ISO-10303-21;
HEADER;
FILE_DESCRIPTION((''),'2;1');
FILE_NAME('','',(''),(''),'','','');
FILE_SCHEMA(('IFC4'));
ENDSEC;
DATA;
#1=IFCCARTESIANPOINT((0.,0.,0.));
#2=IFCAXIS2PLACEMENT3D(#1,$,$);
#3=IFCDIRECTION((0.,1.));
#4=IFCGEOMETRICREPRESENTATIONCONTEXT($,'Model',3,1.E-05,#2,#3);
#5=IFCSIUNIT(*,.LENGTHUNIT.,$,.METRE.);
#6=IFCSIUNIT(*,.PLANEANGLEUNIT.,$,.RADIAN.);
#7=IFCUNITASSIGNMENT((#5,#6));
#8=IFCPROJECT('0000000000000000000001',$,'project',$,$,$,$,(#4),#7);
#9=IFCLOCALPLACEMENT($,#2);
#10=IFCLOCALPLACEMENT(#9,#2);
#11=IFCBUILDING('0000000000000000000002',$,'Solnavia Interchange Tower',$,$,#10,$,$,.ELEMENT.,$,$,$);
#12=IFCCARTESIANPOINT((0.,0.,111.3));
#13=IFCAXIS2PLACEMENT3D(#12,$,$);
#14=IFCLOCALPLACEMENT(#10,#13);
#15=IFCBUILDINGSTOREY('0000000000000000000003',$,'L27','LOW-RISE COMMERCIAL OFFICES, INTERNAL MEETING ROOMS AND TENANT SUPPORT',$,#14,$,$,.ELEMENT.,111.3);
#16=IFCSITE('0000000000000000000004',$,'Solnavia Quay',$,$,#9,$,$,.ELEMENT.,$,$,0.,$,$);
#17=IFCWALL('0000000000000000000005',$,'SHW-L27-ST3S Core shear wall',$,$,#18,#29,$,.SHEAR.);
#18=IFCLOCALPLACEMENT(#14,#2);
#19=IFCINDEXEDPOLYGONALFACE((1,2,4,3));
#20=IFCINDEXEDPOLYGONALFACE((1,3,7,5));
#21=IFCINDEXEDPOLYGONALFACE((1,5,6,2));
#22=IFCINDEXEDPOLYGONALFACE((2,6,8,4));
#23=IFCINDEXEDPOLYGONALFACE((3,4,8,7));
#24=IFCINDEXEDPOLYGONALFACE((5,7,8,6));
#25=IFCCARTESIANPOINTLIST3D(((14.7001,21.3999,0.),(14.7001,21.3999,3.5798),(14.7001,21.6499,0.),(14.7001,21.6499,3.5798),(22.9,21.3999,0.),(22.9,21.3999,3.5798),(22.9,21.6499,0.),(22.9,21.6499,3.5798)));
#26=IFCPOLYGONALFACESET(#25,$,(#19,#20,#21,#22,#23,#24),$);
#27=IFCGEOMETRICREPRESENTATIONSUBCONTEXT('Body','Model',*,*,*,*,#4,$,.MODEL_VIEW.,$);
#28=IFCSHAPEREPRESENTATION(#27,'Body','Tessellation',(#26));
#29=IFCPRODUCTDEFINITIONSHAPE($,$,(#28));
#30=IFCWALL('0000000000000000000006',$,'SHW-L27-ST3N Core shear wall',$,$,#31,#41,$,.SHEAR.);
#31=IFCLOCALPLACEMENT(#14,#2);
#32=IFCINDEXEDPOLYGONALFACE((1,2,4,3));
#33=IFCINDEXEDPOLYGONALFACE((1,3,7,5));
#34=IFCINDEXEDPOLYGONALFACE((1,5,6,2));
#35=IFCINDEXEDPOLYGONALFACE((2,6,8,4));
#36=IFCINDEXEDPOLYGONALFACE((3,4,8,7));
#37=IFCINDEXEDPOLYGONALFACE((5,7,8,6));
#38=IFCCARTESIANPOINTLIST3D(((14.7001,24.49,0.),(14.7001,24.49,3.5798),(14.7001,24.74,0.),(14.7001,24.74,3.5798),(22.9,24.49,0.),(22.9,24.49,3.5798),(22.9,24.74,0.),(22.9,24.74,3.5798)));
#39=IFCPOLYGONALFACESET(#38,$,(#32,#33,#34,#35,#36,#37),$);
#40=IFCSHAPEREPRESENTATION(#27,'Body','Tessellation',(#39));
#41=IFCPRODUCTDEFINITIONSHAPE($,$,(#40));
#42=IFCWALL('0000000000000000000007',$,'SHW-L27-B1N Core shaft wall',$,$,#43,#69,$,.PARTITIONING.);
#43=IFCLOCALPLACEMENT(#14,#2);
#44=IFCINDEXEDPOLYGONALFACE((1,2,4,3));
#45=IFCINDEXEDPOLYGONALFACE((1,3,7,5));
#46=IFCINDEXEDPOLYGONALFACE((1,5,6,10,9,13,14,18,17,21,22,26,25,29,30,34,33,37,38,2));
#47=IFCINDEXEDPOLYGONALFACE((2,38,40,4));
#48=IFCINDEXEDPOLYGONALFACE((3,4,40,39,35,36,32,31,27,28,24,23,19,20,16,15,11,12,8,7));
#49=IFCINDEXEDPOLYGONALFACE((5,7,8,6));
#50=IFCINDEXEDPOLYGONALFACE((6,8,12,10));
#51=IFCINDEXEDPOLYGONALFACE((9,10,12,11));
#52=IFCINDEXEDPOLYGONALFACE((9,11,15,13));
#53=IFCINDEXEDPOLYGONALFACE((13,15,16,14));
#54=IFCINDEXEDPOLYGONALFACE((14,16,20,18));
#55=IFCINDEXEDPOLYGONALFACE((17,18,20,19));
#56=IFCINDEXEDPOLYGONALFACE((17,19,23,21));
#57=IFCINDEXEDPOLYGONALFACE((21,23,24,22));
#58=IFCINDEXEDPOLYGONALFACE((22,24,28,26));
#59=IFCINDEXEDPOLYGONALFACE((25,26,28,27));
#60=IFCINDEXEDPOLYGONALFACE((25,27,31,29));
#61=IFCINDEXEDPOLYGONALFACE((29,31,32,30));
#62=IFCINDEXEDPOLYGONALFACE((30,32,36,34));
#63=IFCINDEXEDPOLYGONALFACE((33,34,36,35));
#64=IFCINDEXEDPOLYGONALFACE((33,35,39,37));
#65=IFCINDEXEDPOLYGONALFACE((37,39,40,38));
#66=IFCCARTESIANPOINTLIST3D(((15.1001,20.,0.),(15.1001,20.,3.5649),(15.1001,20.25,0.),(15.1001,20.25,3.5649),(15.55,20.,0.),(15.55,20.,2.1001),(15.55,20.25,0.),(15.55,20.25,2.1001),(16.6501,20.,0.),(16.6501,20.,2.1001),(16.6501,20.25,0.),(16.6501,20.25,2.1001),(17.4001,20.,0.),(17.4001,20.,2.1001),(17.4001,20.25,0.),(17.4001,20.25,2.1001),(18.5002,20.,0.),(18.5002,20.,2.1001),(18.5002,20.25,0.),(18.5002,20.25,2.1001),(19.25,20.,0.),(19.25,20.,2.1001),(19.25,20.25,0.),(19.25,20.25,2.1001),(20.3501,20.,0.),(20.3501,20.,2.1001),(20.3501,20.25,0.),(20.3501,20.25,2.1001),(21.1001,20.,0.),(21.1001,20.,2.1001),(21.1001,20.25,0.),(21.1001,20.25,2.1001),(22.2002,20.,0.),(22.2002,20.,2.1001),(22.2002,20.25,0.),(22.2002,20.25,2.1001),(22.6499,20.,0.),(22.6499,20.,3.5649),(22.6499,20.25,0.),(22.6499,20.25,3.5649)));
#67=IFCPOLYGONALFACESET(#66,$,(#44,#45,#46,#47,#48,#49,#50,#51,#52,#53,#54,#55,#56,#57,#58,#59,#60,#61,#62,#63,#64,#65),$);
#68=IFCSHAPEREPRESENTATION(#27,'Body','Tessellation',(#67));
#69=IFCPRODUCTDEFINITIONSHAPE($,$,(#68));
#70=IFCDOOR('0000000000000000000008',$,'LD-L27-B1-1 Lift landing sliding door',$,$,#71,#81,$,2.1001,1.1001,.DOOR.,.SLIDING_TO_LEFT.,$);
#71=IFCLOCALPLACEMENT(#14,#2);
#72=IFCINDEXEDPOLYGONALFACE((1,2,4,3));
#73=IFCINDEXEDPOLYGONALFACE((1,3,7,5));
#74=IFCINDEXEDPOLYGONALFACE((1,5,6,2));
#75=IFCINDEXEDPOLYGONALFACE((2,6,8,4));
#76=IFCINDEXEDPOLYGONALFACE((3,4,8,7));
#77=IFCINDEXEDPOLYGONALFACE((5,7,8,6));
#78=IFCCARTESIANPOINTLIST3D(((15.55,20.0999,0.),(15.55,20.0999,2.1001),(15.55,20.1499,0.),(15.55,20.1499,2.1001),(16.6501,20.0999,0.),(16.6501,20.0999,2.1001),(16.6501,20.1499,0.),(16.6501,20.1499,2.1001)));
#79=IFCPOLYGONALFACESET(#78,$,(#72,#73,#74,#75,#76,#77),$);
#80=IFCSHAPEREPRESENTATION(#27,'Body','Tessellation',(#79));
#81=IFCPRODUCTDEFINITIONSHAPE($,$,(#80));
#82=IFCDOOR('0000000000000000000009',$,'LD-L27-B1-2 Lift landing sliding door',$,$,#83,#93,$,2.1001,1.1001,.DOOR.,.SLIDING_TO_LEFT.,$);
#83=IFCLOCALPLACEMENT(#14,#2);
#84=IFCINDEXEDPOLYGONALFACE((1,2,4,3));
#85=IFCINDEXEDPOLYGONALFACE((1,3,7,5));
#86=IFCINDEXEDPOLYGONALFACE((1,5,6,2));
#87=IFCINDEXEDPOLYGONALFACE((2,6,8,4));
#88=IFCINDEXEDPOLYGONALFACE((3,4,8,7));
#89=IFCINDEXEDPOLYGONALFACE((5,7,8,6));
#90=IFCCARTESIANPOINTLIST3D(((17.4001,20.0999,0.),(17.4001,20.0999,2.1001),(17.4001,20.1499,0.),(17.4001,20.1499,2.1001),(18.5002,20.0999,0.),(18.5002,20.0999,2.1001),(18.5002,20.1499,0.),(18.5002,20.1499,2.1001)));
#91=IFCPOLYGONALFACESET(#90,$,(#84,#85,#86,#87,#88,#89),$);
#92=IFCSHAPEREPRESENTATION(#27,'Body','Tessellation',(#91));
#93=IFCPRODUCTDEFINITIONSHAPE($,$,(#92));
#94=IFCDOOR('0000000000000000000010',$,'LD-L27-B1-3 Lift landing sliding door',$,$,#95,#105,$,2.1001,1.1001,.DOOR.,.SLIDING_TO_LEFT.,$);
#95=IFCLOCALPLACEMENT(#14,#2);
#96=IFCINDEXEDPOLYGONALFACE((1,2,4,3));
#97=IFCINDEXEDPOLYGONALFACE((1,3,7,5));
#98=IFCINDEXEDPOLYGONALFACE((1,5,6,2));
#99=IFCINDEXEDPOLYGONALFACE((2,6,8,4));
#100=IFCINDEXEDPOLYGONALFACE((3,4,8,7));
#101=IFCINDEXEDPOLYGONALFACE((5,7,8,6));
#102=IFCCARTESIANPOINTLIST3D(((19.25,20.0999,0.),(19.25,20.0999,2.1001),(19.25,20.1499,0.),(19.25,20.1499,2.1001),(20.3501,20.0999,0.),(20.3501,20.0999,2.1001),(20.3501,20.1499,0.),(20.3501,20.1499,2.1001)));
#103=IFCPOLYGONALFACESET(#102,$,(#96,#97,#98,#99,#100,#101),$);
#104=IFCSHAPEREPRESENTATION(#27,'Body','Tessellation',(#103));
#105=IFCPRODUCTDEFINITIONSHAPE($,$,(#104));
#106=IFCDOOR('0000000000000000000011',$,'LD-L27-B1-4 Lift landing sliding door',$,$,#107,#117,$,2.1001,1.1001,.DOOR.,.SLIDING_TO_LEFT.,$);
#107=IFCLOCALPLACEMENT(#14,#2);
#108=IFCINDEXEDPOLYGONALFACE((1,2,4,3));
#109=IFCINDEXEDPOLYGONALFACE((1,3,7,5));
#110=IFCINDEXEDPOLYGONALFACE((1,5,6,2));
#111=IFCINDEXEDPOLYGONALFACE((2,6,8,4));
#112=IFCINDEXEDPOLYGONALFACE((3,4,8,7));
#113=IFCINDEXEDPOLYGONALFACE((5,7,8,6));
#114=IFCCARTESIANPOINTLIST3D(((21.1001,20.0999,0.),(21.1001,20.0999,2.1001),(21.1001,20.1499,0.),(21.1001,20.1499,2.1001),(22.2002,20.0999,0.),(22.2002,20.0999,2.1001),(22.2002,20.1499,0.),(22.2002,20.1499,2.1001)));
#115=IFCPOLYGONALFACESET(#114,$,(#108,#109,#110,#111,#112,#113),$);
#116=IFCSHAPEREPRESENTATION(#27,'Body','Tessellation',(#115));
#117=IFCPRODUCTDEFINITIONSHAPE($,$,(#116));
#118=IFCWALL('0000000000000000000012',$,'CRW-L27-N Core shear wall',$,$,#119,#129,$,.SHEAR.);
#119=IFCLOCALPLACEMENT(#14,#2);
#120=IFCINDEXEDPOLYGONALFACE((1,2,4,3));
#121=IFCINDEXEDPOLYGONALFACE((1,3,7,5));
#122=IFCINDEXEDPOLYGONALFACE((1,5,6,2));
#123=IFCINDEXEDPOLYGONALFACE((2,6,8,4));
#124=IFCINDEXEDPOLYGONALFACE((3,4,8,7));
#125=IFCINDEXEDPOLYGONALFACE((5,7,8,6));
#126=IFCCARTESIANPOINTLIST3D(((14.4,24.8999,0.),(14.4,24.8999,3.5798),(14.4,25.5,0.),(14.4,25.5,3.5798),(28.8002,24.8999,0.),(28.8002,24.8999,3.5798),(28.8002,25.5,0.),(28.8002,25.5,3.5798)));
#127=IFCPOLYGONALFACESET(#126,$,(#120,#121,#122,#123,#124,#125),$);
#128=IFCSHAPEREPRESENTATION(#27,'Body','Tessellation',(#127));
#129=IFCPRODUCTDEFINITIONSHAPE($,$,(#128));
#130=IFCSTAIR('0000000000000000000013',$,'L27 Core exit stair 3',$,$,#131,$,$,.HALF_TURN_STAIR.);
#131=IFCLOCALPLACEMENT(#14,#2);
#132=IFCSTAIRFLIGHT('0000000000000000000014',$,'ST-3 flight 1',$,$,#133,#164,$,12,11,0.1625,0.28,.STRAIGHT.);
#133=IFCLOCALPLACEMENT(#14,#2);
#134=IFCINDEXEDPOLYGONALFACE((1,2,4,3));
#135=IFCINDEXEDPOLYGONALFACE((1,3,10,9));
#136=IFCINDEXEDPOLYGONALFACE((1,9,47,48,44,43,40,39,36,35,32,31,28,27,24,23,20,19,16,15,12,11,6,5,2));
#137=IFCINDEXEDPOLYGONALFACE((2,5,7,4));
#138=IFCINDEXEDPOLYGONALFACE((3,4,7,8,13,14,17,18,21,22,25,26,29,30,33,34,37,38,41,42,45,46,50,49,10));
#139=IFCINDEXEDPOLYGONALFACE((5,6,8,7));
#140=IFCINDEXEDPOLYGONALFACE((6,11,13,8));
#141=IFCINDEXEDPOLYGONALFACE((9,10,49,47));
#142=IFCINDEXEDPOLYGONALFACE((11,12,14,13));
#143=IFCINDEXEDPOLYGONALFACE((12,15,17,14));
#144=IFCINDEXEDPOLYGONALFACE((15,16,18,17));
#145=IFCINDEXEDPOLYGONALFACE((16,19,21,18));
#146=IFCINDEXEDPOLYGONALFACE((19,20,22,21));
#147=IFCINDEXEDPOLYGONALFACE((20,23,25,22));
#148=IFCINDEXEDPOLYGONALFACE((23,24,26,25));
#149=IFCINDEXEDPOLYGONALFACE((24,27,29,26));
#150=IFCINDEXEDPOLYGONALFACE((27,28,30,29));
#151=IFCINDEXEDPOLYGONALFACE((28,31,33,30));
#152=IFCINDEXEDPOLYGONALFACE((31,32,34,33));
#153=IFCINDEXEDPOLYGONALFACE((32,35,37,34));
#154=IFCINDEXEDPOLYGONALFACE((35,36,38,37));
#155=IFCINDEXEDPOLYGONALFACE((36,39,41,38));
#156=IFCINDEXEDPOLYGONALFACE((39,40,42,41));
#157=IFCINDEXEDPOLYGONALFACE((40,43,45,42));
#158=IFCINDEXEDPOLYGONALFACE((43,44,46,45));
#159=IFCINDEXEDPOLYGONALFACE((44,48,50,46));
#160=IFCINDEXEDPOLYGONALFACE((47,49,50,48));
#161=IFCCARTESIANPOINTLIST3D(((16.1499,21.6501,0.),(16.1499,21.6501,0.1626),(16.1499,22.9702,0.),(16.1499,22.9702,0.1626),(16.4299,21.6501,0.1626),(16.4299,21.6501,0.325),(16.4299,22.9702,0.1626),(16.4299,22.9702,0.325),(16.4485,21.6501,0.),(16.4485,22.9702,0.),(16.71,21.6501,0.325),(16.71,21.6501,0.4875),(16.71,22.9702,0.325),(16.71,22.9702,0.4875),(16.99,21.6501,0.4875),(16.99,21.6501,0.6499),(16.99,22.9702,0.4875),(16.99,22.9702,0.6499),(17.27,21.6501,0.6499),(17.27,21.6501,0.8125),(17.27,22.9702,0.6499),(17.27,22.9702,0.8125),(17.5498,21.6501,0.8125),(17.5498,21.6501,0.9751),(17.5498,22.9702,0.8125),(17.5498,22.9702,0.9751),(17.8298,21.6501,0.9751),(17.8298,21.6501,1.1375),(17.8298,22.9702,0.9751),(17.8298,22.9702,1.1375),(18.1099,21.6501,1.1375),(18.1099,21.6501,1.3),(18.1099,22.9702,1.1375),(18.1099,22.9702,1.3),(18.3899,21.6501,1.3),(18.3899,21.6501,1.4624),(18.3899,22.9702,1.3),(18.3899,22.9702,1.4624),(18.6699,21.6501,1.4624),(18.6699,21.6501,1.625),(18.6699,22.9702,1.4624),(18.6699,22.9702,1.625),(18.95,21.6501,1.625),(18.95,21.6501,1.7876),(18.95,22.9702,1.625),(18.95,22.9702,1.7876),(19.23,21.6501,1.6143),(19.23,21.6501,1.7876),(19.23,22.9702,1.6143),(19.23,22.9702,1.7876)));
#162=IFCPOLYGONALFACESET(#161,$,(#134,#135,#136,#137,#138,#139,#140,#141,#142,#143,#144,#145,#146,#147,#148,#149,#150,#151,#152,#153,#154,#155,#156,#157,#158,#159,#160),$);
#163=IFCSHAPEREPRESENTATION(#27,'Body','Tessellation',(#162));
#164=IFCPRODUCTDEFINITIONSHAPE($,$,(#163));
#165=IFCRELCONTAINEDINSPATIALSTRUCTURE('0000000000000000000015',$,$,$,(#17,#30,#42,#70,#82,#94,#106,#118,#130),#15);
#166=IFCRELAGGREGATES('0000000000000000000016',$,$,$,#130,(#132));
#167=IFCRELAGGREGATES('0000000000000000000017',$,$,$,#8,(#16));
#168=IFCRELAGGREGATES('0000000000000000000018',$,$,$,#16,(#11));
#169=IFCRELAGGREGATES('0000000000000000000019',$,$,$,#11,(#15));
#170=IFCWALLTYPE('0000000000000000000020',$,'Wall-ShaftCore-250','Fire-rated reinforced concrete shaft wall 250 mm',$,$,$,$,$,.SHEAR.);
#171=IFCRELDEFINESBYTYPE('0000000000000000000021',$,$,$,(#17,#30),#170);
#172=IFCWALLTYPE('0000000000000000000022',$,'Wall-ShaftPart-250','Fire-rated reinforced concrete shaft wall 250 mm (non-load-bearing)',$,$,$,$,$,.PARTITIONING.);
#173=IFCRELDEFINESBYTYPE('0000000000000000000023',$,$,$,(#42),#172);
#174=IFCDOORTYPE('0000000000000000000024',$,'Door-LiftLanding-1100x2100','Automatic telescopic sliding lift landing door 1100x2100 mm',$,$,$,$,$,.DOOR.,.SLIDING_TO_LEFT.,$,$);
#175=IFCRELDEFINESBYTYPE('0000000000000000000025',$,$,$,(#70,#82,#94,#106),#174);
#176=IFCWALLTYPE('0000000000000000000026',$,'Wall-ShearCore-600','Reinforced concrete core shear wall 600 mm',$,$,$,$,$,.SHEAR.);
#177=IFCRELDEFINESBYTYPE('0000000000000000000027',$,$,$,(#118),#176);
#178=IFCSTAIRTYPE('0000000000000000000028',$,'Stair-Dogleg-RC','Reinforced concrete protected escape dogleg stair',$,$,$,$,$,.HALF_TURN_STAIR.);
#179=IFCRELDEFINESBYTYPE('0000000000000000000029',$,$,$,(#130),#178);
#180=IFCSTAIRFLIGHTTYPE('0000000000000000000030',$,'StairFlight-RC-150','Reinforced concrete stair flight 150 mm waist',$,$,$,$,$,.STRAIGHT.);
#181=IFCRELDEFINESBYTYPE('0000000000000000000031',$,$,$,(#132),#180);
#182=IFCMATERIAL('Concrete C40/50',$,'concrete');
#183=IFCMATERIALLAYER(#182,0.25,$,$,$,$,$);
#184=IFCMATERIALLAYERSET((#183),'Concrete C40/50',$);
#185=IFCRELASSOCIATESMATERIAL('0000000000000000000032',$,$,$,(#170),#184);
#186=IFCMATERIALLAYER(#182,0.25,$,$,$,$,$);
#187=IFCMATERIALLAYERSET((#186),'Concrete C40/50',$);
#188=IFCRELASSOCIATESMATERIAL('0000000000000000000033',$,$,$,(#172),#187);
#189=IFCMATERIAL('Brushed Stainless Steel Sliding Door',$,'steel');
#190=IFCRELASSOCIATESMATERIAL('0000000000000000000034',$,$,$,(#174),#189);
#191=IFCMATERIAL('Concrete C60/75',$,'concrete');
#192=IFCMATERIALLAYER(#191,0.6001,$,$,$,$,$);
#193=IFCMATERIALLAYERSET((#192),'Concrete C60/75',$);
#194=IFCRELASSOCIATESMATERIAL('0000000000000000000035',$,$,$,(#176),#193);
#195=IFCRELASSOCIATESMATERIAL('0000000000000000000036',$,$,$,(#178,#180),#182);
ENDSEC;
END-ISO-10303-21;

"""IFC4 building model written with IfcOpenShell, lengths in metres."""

from ifc_helpers import new_model, si_unit, direction, frame, frame_2d, origin, place, context, subcontext, project, spatial, polyline, rectangle, outline, extrude, material, layer, layer_set, type_object, element, fill, aggregate, save


model = new_model("IFC4")

# Units and contexts
model_context = context("Model", 3, precision=1e-05, world=origin(), true_north=direction((0.0, 1.0)))
body_context = subcontext(model_context, "Body", "Model", "MODEL_VIEW")
ifc_project = project(units=[si_unit("LENGTHUNIT", "METRE"), si_unit("PLANEANGLEUNIT", "RADIAN")], contexts=[model_context])

# Site, building, storey
site_placement = place(None, origin())
site = spatial("IfcSite", under=ifc_project, at=site_placement, Name="Solnavia Quay", CompositionType="ELEMENT", RefElevation=0.0)
building_placement = place(site_placement, origin())
building = spatial("IfcBuilding", under=site, at=building_placement, Name="Solnavia Interchange Tower", CompositionType="ELEMENT")
storey_placement = place(building_placement, frame((0.0, 0.0, 111.3)))
storey = spatial("IfcBuildingStorey", under=building, at=storey_placement, Name="L27", Description="LOW-RISE COMMERCIAL OFFICES, INTERNAL MEETING ROOMS AND TENANT SUPPORT", CompositionType="ELEMENT", Elevation=111.3)

# Walls
ifc_material_1 = material(Name="Concrete C40/50", Category="concrete")
ifc_layer_1 = layer(ifc_material_1, 0.25)
ifc_layer_set_1 = layer_set([ifc_layer_1], Name="Concrete C40/50")
wall_type_1 = type_object("IfcWallType", Name="Wall-ShaftCore-250", Description="Fire-rated reinforced concrete shaft wall 250 mm", PredefinedType="SHEAR", material=ifc_layer_set_1)
for number, where, z_axis, x_axis, name in (
    (1, (14.7, 21.5249, 0.0), (0.0, 0.0, 1.0), (1.0, 0.0, 0.0), "SHW-L27-ST3S Core shear wall"),
    (2, (14.7, 24.615, 0.0), (0.0, 0.0, 1.0), (1.0, 0.0, 0.0), "SHW-L27-ST3N Core shear wall"),
):
    element("IfcWall", number, at=place(storey_placement, frame(where, z_axis=z_axis, x_axis=x_axis)), inside=storey, type_object=wall_type_1, Name=name, PredefinedType="SHEAR", context=body_context, shape_type="SweptSolid", body=[
        extrude(rectangle(XDim=8.2, YDim=0.25, at=frame_2d((4.1001, 0.0))), origin(), (0.0, 0.0, 1.0), 3.5798),
    ])

# Wall, openings, doors
ifc_layer_2 = layer(ifc_material_1, 0.25)
ifc_layer_set_2 = layer_set([ifc_layer_2], Name="Concrete C40/50")
wall_type_2 = type_object("IfcWallType", Name="Wall-ShaftPart-250", Description="Fire-rated reinforced concrete shaft wall 250 mm (non-load-bearing)", PredefinedType="PARTITIONING", material=ifc_layer_set_2)
wall_1_placement = place(storey_placement, frame((15.1001, 20.125, 0.0), z_axis=(0.0, 0.0, 1.0), x_axis=(1.0, 0.0, 0.0)))
wall_1 = element("IfcWall", 3, at=wall_1_placement, inside=storey, type_object=wall_type_2, Name="SHW-L27-B1N Core shaft wall", PredefinedType="PARTITIONING", context=body_context, shape_type="SweptSolid", body=[
    extrude(rectangle(XDim=7.5498, YDim=0.25, at=frame_2d((3.7749, 0.0))), origin(), (0.0, 0.0, 1.0), 3.5649),
])
opening_1_placement = place(wall_1_placement, frame((0.45, 0.0, 0.0)))
opening_1 = element("IfcOpeningElement", 4, at=opening_1_placement, cuts=wall_1, PredefinedType="OPENING", context=body_context, shape_type="SweptSolid", body=[
    extrude(rectangle(XDim=1.1001, YDim=2.1001, at=frame_2d((0.55, 1.05))), frame((0.0, 0.135, 0.0), z_axis=(0.0, -1.0, 0.0), x_axis=(1.0, 0.0, 0.0)), (0.0, 0.0, 1.0), 0.27),
])
opening_2_placement = place(wall_1_placement, frame((2.3, 0.0, 0.0)))
opening_2 = element("IfcOpeningElement", 5, at=opening_2_placement, cuts=wall_1, PredefinedType="OPENING", context=body_context, shape_type="SweptSolid", body=[
    extrude(rectangle(XDim=1.1001, YDim=2.1001, at=frame_2d((0.55, 1.05))), frame((0.0, 0.135, 0.0), z_axis=(0.0, -1.0, 0.0), x_axis=(1.0, 0.0, 0.0)), (0.0, 0.0, 1.0), 0.27),
])
opening_3_placement = place(wall_1_placement, frame((4.1499, 0.0, 0.0)))
opening_3 = element("IfcOpeningElement", 6, at=opening_3_placement, cuts=wall_1, PredefinedType="OPENING", context=body_context, shape_type="SweptSolid", body=[
    extrude(rectangle(XDim=1.1001, YDim=2.1001, at=frame_2d((0.55, 1.05))), frame((0.0, 0.135, 0.0), z_axis=(0.0, -1.0, 0.0), x_axis=(1.0, 0.0, 0.0)), (0.0, 0.0, 1.0), 0.27),
])
opening_4_placement = place(wall_1_placement, frame((6.0, 0.0, 0.0)))
opening_4 = element("IfcOpeningElement", 7, at=opening_4_placement, cuts=wall_1, PredefinedType="OPENING", context=body_context, shape_type="SweptSolid", body=[
    extrude(rectangle(XDim=1.1001, YDim=2.1001, at=frame_2d((0.55, 1.05))), frame((0.0, 0.135, 0.0), z_axis=(0.0, -1.0, 0.0), x_axis=(1.0, 0.0, 0.0)), (0.0, 0.0, 1.0), 0.27),
])
ifc_material_2 = material(Name="Brushed Stainless Steel Sliding Door", Category="steel")
door_type_1 = type_object("IfcDoorType", Name="Door-LiftLanding-1100x2100", Description="Automatic telescopic sliding lift landing door 1100x2100 mm", OperationType="SLIDING_TO_LEFT", PredefinedType="DOOR", material=ifc_material_2)
door_1_placement = place(opening_1_placement, origin())
door_1 = element("IfcDoor", 8, at=door_1_placement, inside=storey, type_object=door_type_1, Name="LD-L27-B1-1 Lift landing sliding door", OperationType="SLIDING_TO_LEFT", OverallHeight=2.1001, OverallWidth=1.1001, PredefinedType="DOOR", context=body_context, shape_type="SweptSolid", body=[
    extrude(rectangle(XDim=1.1001, YDim=2.1001, at=frame_2d((0.55, 1.05))), frame((0.0, 0.0249, 0.0), z_axis=(0.0, -1.0, 0.0), x_axis=(1.0, 0.0, 0.0)), (0.0, 0.0, 1.0), 0.05),
])
fill(opening_1, door_1)
door_2_placement = place(opening_2_placement, origin())
door_2 = element("IfcDoor", 9, at=door_2_placement, inside=storey, type_object=door_type_1, Name="LD-L27-B1-2 Lift landing sliding door", OperationType="SLIDING_TO_LEFT", OverallHeight=2.1001, OverallWidth=1.1001, PredefinedType="DOOR", context=body_context, shape_type="SweptSolid", body=[
    extrude(rectangle(XDim=1.1001, YDim=2.1001, at=frame_2d((0.55, 1.05))), frame((0.0, 0.0249, 0.0), z_axis=(0.0, -1.0, 0.0), x_axis=(1.0, 0.0, 0.0)), (0.0, 0.0, 1.0), 0.05),
])
fill(opening_2, door_2)
door_3_placement = place(opening_3_placement, origin())
door_3 = element("IfcDoor", 10, at=door_3_placement, inside=storey, type_object=door_type_1, Name="LD-L27-B1-3 Lift landing sliding door", OperationType="SLIDING_TO_LEFT", OverallHeight=2.1001, OverallWidth=1.1001, PredefinedType="DOOR", context=body_context, shape_type="SweptSolid", body=[
    extrude(rectangle(XDim=1.1001, YDim=2.1001, at=frame_2d((0.55, 1.05))), frame((0.0, 0.0249, 0.0), z_axis=(0.0, -1.0, 0.0), x_axis=(1.0, 0.0, 0.0)), (0.0, 0.0, 1.0), 0.05),
])
fill(opening_3, door_3)
door_4_placement = place(opening_4_placement, origin())
door_4 = element("IfcDoor", 11, at=door_4_placement, inside=storey, type_object=door_type_1, Name="LD-L27-B1-4 Lift landing sliding door", OperationType="SLIDING_TO_LEFT", OverallHeight=2.1001, OverallWidth=1.1001, PredefinedType="DOOR", context=body_context, shape_type="SweptSolid", body=[
    extrude(rectangle(XDim=1.1001, YDim=2.1001, at=frame_2d((0.55, 1.05))), frame((0.0, 0.0249, 0.0), z_axis=(0.0, -1.0, 0.0), x_axis=(1.0, 0.0, 0.0)), (0.0, 0.0, 1.0), 0.05),
])
fill(opening_4, door_4)

# Wall
ifc_material_3 = material(Name="Concrete C60/75", Category="concrete")
ifc_layer_3 = layer(ifc_material_3, 0.6001)
ifc_layer_set_3 = layer_set([ifc_layer_3], Name="Concrete C60/75")
wall_type_3 = type_object("IfcWallType", Name="Wall-ShearCore-600", Description="Reinforced concrete core shear wall 600 mm", PredefinedType="SHEAR", material=ifc_layer_set_3)
wall_2_placement = place(storey_placement, frame((14.3999, 25.2, 0.0), z_axis=(0.0, 0.0, 1.0), x_axis=(1.0, 0.0, 0.0)))
element("IfcWall", 12, at=wall_2_placement, inside=storey, type_object=wall_type_3, Name="CRW-L27-N Core shear wall", PredefinedType="SHEAR", context=body_context, shape_type="SweptSolid", body=[
    extrude(rectangle(XDim=14.4001, YDim=0.6001, at=frame_2d((7.2002, 0.0))), origin(), (0.0, 0.0, 1.0), 3.5798),
])

# Stair, stair flight
stair_type = type_object("IfcStairType", Name="Stair-Dogleg-RC", Description="Reinforced concrete protected escape dogleg stair", PredefinedType="HALF_TURN_STAIR", material=ifc_material_1)
stair_placement = place(storey_placement, origin())
stair = element("IfcStair", 13, at=stair_placement, inside=storey, type_object=stair_type, Name="L27 Core exit stair 3", PredefinedType="HALF_TURN_STAIR")
stair_flight_type = type_object("IfcStairFlightType", Name="StairFlight-RC-150", Description="Reinforced concrete stair flight 150 mm waist", PredefinedType="STRAIGHT", material=ifc_material_1)
stair_flight_1_placement = place(storey_placement, frame((16.1499, 22.3101, 0.0), z_axis=(0.0, 0.0, 1.0), x_axis=(1.0, 0.0, 0.0)))
stair_flight_1 = element("IfcStairFlight", 14, at=stair_flight_1_placement, type_object=stair_flight_type, Name="ST-3 flight 1", NumberOfRisers=12, NumberOfTreads=11, PredefinedType="STRAIGHT", RiserHeight=0.1625, TreadLength=0.28, context=body_context, shape_type="SweptSolid", body=[
    extrude(outline(polyline([(0.0, 0.0), (0.0, 0.1626), (0.28, 0.1626), (0.28, 0.325), (0.5601, 0.325), (0.5601, 0.4875), (0.8401, 0.4875), (0.8401, 0.6499), (1.1201, 0.6499), (1.1201, 0.8125), (1.3999, 0.8125), (1.3999, 0.9751), (1.6799, 0.9751), (1.6799, 1.1375), (1.96, 1.1375), (1.96, 1.3), (2.24, 1.3), (2.24, 1.4624), (2.52, 1.4624), (2.52, 1.625), (2.8, 1.625), (2.8, 1.7876), (3.0801, 1.7876), (3.0801, 1.95), (3.0801, 1.6143), (0.2986, 0.0), (0.0, 0.0)])), frame((0.0, 0.6602, 0.0), z_axis=(0.0, -1.0, 0.0), x_axis=(1.0, 0.0, 0.0)), (0.0, 0.0, 1.0), 1.3201),
])
aggregate(stair, [stair_flight_1])

save(model, "model.ifc")
